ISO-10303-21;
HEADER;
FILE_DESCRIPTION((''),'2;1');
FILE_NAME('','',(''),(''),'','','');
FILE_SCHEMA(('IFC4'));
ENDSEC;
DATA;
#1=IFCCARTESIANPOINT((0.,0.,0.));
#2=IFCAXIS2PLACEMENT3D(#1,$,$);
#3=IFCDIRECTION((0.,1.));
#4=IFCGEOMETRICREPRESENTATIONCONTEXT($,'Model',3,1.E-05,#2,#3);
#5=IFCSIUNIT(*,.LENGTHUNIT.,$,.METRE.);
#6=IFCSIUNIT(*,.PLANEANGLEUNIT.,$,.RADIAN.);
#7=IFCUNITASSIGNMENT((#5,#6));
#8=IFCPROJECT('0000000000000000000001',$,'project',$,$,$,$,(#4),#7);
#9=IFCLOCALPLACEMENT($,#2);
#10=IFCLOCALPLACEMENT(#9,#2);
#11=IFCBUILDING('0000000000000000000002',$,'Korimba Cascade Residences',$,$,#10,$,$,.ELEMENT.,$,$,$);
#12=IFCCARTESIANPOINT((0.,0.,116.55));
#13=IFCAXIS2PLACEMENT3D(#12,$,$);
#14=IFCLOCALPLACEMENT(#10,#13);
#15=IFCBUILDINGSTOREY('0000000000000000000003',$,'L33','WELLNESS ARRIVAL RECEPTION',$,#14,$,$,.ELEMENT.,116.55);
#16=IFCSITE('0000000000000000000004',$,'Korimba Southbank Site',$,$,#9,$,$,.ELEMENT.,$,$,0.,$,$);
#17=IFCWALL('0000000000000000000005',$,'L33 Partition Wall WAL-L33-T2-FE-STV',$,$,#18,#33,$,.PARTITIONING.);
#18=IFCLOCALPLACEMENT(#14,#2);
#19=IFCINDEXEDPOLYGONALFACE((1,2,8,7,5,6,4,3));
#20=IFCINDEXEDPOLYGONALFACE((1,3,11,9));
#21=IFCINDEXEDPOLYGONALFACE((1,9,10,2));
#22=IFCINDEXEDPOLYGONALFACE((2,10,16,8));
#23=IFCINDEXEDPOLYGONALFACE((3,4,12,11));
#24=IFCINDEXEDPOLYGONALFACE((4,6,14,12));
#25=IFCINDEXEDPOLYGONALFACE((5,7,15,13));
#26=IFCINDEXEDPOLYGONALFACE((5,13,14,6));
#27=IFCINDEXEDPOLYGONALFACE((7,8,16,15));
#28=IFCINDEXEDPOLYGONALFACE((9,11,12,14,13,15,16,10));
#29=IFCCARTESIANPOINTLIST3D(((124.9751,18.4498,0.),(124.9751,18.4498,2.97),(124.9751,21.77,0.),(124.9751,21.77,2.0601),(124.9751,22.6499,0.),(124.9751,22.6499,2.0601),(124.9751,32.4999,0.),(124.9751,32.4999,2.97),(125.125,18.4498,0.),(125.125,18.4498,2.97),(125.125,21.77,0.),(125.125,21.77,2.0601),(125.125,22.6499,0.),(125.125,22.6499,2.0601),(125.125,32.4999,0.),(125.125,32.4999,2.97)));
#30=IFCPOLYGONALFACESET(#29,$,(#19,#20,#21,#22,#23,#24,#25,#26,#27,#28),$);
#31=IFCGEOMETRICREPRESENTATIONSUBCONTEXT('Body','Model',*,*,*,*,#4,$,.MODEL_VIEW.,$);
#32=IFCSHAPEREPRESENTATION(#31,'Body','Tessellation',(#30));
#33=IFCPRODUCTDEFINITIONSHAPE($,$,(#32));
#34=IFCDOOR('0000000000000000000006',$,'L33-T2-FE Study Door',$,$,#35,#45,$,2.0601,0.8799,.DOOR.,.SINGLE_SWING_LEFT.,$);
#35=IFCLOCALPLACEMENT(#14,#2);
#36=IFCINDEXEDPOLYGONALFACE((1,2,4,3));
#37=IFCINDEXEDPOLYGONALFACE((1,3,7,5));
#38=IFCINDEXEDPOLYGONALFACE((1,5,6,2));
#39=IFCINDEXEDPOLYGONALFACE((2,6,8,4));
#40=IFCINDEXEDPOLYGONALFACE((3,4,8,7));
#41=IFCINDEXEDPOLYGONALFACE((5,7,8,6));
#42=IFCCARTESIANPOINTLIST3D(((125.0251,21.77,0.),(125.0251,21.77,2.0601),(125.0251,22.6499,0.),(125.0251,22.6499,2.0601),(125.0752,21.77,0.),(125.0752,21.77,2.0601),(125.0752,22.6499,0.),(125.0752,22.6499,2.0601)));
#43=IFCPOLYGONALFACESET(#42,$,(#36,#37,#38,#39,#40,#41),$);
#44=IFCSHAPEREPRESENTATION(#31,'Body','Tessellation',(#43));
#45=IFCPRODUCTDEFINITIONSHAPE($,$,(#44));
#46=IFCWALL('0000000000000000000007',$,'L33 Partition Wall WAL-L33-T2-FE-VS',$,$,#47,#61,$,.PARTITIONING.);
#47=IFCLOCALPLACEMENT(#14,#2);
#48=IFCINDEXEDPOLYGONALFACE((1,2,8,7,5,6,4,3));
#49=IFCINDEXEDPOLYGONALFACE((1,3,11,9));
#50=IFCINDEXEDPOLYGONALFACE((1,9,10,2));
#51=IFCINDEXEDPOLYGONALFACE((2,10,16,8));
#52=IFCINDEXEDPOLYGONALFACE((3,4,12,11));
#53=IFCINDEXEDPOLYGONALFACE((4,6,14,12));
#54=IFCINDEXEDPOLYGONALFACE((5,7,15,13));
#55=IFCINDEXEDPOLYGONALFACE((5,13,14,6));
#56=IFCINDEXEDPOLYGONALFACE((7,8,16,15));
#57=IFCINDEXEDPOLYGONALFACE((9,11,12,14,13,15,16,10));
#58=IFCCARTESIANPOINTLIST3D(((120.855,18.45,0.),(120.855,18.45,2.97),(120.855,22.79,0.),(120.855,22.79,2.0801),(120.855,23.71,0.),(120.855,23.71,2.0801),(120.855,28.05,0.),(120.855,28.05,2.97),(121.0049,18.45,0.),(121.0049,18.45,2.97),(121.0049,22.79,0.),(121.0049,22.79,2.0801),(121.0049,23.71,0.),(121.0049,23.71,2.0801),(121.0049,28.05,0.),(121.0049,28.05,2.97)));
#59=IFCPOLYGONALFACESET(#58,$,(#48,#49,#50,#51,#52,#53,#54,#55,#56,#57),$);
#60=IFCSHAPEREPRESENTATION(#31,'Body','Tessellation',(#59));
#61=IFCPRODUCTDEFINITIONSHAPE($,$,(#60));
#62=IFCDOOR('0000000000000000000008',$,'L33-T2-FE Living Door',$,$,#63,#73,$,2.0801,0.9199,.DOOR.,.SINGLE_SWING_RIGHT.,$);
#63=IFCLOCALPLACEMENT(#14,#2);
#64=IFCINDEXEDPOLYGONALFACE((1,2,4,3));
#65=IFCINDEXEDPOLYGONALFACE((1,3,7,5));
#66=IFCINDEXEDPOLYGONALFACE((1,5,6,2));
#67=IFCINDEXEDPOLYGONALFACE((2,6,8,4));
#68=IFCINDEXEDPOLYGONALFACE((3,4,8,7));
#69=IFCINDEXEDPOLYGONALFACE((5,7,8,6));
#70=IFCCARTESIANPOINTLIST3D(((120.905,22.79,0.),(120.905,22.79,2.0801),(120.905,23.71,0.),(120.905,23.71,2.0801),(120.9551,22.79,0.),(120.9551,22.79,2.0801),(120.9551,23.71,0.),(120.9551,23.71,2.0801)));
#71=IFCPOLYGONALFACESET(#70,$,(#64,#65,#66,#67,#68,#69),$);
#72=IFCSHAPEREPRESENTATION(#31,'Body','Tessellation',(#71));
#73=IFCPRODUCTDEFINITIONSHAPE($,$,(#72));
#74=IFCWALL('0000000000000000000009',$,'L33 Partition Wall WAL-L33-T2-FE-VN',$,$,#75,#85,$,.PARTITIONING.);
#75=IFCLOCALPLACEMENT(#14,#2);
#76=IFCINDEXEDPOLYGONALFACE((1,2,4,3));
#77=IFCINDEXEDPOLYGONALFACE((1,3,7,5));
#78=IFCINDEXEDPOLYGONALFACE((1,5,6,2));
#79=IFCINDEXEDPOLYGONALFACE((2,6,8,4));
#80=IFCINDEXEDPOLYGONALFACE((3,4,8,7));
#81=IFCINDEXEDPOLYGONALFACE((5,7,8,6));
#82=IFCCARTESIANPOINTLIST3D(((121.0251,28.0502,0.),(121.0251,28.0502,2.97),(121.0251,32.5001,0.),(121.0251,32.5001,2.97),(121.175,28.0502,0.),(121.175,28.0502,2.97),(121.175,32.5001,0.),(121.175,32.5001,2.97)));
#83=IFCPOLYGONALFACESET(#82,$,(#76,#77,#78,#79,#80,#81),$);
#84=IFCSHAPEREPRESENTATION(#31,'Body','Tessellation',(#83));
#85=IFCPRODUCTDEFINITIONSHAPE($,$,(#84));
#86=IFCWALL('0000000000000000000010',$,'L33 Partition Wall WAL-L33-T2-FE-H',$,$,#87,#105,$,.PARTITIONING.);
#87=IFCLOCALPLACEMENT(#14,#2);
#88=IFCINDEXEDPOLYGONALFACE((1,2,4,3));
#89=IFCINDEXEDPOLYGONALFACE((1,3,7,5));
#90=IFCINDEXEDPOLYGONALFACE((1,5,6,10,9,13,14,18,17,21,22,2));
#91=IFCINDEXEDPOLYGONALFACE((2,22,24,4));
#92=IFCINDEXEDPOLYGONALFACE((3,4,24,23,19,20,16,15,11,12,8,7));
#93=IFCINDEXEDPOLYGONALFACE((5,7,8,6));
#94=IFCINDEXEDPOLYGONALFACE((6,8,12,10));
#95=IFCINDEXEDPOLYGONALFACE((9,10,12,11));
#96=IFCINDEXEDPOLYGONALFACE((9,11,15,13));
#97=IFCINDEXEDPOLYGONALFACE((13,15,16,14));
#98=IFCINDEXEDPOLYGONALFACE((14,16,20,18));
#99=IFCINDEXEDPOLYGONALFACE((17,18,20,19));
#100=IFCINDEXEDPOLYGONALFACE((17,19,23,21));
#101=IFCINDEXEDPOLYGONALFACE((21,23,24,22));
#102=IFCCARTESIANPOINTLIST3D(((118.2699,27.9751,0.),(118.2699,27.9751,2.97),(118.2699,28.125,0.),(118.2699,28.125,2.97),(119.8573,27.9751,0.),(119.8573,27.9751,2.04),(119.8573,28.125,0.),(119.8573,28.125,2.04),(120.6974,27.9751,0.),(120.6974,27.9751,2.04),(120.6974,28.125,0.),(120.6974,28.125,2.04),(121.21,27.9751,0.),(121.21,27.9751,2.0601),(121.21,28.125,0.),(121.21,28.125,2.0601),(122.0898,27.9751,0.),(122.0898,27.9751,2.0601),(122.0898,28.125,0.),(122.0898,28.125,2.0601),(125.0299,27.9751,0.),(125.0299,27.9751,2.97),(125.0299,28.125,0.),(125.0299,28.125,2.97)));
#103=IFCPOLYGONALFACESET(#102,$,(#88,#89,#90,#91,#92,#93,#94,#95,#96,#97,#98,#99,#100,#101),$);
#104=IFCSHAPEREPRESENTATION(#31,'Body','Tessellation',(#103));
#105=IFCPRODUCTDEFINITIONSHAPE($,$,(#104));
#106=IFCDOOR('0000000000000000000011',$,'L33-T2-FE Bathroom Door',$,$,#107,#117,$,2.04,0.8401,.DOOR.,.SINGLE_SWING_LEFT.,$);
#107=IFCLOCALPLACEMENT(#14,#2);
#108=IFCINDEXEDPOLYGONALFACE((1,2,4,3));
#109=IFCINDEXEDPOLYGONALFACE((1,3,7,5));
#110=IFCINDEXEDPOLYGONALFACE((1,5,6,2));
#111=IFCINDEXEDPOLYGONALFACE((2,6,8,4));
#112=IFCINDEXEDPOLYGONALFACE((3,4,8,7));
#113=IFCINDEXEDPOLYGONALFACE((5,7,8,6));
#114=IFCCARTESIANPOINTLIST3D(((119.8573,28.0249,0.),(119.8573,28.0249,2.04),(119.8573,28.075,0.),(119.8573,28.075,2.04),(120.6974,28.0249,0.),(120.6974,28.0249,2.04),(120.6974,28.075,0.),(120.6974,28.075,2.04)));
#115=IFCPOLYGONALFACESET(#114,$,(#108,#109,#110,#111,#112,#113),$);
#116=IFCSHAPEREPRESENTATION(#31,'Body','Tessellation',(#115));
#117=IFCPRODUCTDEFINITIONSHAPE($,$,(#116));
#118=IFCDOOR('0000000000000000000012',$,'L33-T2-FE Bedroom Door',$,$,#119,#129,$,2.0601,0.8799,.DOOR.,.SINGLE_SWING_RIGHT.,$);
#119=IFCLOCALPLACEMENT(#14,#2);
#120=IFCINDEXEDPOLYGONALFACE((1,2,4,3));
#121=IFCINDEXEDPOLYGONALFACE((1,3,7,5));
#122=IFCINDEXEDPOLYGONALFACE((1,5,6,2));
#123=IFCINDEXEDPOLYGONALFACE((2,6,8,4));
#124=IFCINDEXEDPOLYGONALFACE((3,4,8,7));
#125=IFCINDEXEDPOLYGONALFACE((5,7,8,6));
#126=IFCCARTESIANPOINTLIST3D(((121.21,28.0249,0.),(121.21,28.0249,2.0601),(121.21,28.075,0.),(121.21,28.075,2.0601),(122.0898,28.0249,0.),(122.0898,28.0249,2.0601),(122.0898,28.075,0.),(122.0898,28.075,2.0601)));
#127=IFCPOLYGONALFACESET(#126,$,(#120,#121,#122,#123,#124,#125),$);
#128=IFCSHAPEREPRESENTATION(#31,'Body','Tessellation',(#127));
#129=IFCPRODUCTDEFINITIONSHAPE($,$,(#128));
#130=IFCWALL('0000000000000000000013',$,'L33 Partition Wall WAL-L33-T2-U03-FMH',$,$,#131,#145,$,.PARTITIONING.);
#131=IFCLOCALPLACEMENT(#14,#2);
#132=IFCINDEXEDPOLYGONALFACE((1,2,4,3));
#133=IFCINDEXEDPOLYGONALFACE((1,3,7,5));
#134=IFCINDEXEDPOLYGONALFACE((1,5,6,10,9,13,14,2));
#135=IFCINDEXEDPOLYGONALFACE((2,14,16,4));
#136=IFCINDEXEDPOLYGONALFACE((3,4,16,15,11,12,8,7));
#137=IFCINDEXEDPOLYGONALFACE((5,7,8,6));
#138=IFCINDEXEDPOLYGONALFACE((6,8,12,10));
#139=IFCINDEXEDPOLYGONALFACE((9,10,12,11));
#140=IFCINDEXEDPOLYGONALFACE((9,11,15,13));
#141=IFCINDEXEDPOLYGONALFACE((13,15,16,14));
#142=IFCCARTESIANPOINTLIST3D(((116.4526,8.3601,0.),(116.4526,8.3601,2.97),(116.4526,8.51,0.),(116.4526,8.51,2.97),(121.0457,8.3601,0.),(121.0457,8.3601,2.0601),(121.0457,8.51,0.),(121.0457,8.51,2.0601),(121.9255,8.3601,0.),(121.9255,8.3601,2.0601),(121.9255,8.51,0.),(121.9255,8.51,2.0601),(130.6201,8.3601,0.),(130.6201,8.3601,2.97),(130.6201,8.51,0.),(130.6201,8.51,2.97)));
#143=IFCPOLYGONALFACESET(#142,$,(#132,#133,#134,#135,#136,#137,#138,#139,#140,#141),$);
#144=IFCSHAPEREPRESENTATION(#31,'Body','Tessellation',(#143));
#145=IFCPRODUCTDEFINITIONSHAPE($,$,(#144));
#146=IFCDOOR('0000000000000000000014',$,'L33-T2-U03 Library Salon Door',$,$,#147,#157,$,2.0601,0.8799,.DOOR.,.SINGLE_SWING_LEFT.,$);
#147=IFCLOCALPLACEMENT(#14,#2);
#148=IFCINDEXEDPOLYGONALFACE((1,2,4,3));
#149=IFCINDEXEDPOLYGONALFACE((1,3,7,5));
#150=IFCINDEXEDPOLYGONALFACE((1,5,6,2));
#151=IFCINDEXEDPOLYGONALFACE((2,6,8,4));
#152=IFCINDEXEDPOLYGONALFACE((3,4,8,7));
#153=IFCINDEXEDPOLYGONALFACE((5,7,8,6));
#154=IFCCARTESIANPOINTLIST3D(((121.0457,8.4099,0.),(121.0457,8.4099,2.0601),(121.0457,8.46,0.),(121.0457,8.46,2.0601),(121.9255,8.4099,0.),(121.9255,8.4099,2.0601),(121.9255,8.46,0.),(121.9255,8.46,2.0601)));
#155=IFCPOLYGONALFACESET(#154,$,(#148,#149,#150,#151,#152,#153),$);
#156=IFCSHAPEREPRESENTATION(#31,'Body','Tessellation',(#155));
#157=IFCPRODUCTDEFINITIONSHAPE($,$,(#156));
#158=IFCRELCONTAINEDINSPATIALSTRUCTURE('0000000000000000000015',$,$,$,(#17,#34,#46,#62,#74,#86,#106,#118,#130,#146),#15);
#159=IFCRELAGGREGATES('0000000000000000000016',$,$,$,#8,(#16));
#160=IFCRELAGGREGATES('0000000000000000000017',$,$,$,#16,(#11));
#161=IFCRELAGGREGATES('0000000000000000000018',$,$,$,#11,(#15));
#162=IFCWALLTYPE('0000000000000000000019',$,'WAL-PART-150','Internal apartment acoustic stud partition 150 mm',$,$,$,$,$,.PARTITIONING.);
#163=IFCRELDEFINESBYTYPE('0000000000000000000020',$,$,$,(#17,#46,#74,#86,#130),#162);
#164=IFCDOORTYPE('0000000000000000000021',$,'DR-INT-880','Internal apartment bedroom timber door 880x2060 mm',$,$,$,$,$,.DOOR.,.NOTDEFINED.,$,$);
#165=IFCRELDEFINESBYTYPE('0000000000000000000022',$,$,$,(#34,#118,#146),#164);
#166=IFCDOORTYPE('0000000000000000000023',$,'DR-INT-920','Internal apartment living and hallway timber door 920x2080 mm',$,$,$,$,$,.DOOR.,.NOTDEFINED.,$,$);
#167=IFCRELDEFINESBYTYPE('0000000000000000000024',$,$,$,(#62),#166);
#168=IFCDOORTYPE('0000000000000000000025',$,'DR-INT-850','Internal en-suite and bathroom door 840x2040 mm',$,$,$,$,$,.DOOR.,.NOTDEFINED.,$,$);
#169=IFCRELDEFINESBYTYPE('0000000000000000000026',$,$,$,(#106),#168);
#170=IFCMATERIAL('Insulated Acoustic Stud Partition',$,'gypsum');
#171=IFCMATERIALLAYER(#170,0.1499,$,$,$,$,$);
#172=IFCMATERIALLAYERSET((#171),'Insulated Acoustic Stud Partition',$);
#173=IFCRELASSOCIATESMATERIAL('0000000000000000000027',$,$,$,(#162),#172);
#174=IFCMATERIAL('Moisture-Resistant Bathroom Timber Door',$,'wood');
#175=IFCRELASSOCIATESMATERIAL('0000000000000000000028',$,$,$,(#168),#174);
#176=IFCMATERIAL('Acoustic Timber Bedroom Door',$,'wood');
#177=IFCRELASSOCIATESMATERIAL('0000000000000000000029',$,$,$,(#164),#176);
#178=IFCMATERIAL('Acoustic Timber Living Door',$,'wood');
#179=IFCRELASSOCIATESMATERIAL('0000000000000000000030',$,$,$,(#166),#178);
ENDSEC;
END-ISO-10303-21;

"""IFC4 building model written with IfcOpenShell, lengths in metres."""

from ifc_helpers import new_model, si_unit, direction, frame, frame_2d, origin, place, context, subcontext, project, spatial, rectangle, extrude, material, layer, layer_set, type_object, element, fill, save


model = new_model("IFC4")

# Units and contexts
model_context = context("Model", 3, precision=1e-05, world=origin(), true_north=direction((0.0, 1.0)))
body_context = subcontext(model_context, "Body", "Model", "MODEL_VIEW")
ifc_project = project(units=[si_unit("LENGTHUNIT", "METRE"), si_unit("PLANEANGLEUNIT", "RADIAN")], contexts=[model_context])

# Site, building, storey
site_placement = place(None, origin())
site = spatial("IfcSite", under=ifc_project, at=site_placement, Name="Korimba Southbank Site", CompositionType="ELEMENT", RefElevation=0.0)
building_placement = place(site_placement, origin())
building = spatial("IfcBuilding", under=site, at=building_placement, Name="Korimba Cascade Residences", CompositionType="ELEMENT")
storey_placement = place(building_placement, frame((0.0, 0.0, 116.55)))
storey = spatial("IfcBuildingStorey", under=building, at=storey_placement, Name="L33", Description="WELLNESS ARRIVAL RECEPTION", CompositionType="ELEMENT", Elevation=116.55)

# Walls, openings, doors
ifc_material_1 = material(Name="Insulated Acoustic Stud Partition", Category="gypsum")
ifc_layer_1 = layer(ifc_material_1, 0.1499)
ifc_layer_set_1 = layer_set([ifc_layer_1], Name="Insulated Acoustic Stud Partition")
wall_type_1 = type_object("IfcWallType", Name="WAL-PART-150", Description="Internal apartment acoustic stud partition 150 mm", PredefinedType="PARTITIONING", material=ifc_layer_set_1)
ifc_material_2 = material(Name="Moisture-Resistant Bathroom Timber Door", Category="wood")
door_type_1 = type_object("IfcDoorType", Name="DR-INT-850", Description="Internal en-suite and bathroom door 840x2040 mm", OperationType="NOTDEFINED", PredefinedType="DOOR", material=ifc_material_2)
wall_1_placement = place(storey_placement, frame((125.05, 18.45, 0.0), z_axis=(0.0, 0.0, 1.0), x_axis=(0.0, 1.0, 0.0)))
wall_1 = element("IfcWall", 1, at=wall_1_placement, inside=storey, type_object=wall_type_1, Name="L33 Partition Wall WAL-L33-T2-FE-STV", PredefinedType="PARTITIONING", context=body_context, shape_type="SweptSolid", body=[
    extrude(rectangle(XDim=14.05, YDim=0.1499, at=frame_2d((7.0249, 0.0))), origin(), (0.0, 0.0, 1.0), 2.97),
])
opening_1_placement = place(wall_1_placement, frame((3.3201, 0.0, 0.0)))
opening_1 = element("IfcOpeningElement", 2, at=opening_1_placement, cuts=wall_1, PredefinedType="OPENING", context=body_context, shape_type="SweptSolid", body=[
    extrude(rectangle(XDim=0.8799, YDim=2.0601, at=frame_2d((0.4399, 1.03))), frame((0.0, 0.085, 0.0), z_axis=(0.0, -1.0, 0.0), x_axis=(1.0, 0.0, 0.0)), (0.0, 0.0, 1.0), 0.1699),
])
ifc_material_3 = material(Name="Acoustic Timber Bedroom Door", Category="wood")
door_type_2 = type_object("IfcDoorType", Name="DR-INT-880", Description="Internal apartment bedroom timber door 880x2060 mm", OperationType="NOTDEFINED", PredefinedType="DOOR", material=ifc_material_3)
door_1_placement = place(opening_1_placement, origin())
door_1 = element("IfcDoor", 3, at=door_1_placement, inside=storey, type_object=door_type_2, Name="L33-T2-FE Study Door", OperationType="SINGLE_SWING_LEFT", OverallHeight=2.0601, OverallWidth=0.8799, PredefinedType="DOOR", context=body_context, shape_type="SweptSolid", body=[
    extrude(rectangle(XDim=0.8799, YDim=2.0601, at=frame_2d((0.4399, 1.03))), frame((0.0, 0.0249, 0.0), z_axis=(0.0, -1.0, 0.0), x_axis=(1.0, 0.0, 0.0)), (0.0, 0.0, 1.0), 0.05),
])
fill(opening_1, door_1)
wall_2_placement = place(storey_placement, frame((120.9299, 18.45, 0.0), z_axis=(0.0, 0.0, 1.0), x_axis=(0.0, 1.0, 0.0)))
wall_2 = element("IfcWall", 4, at=wall_2_placement, inside=storey, type_object=wall_type_1, Name="L33 Partition Wall WAL-L33-T2-FE-VS", PredefinedType="PARTITIONING", context=body_context, shape_type="SweptSolid", body=[
    extrude(rectangle(XDim=9.6001, YDim=0.1499, at=frame_2d((4.8, 0.0))), origin(), (0.0, 0.0, 1.0), 2.97),
])
opening_2_placement = place(wall_2_placement, frame((4.3401, 0.0, 0.0)))
opening_2 = element("IfcOpeningElement", 5, at=opening_2_placement, cuts=wall_2, PredefinedType="OPENING", context=body_context, shape_type="SweptSolid", body=[
    extrude(rectangle(XDim=0.9199, YDim=2.0801, at=frame_2d((0.46, 1.04))), frame((0.0, 0.085, 0.0), z_axis=(0.0, -1.0, 0.0), x_axis=(1.0, 0.0, 0.0)), (0.0, 0.0, 1.0), 0.1699),
])
ifc_material_4 = material(Name="Acoustic Timber Living Door", Category="wood")
door_type_3 = type_object("IfcDoorType", Name="DR-INT-920", Description="Internal apartment living and hallway timber door 920x2080 mm", OperationType="NOTDEFINED", PredefinedType="DOOR", material=ifc_material_4)
door_2_placement = place(opening_2_placement, origin())
door_2 = element("IfcDoor", 6, at=door_2_placement, inside=storey, type_object=door_type_3, Name="L33-T2-FE Living Door", OperationType="SINGLE_SWING_RIGHT", OverallHeight=2.0801, OverallWidth=0.9199, PredefinedType="DOOR", context=body_context, shape_type="SweptSolid", body=[
    extrude(rectangle(XDim=0.9199, YDim=2.0801, at=frame_2d((0.46, 1.04))), frame((0.0, 0.0249, 0.0), z_axis=(0.0, -1.0, 0.0), x_axis=(1.0, 0.0, 0.0)), (0.0, 0.0, 1.0), 0.05),
])
fill(opening_2, door_2)

# Wall
wall_3_placement = place(storey_placement, frame((121.1001, 28.05, 0.0), z_axis=(0.0, 0.0, 1.0), x_axis=(0.0, 1.0, 0.0)))
element("IfcWall", 7, at=wall_3_placement, inside=storey, type_object=wall_type_1, Name="L33 Partition Wall WAL-L33-T2-FE-VN", PredefinedType="PARTITIONING", context=body_context, shape_type="SweptSolid", body=[
    extrude(rectangle(XDim=4.45, YDim=0.1499, at=frame_2d((2.2251, 0.0))), origin(), (0.0, 0.0, 1.0), 2.97),
])

# Wall, openings, doors
wall_4_placement = place(storey_placement, frame((118.27, 28.05, 0.0), z_axis=(0.0, 0.0, 1.0), x_axis=(1.0, 0.0, 0.0)))
wall_4 = element("IfcWall", 8, at=wall_4_placement, inside=storey, type_object=wall_type_1, Name="L33 Partition Wall WAL-L33-T2-FE-H", PredefinedType="PARTITIONING", context=body_context, shape_type="SweptSolid", body=[
    extrude(rectangle(XDim=6.76, YDim=0.1499, at=frame_2d((3.3799, 0.0))), origin(), (0.0, 0.0, 1.0), 2.97),
])
opening_3_placement = place(wall_4_placement, frame((1.5874, 0.0, 0.0)))
opening_3 = element("IfcOpeningElement", 9, at=opening_3_placement, cuts=wall_4, PredefinedType="OPENING", context=body_context, shape_type="SweptSolid", body=[
    extrude(rectangle(XDim=0.8401, YDim=2.04, at=frame_2d((0.4199, 1.02))), frame((0.0, 0.085, 0.0), z_axis=(0.0, -1.0, 0.0), x_axis=(1.0, 0.0, 0.0)), (0.0, 0.0, 1.0), 0.1699),
])
opening_4_placement = place(wall_4_placement, frame((2.9399, 0.0, 0.0)))
opening_4 = element("IfcOpeningElement", 10, at=opening_4_placement, cuts=wall_4, PredefinedType="OPENING", context=body_context, shape_type="SweptSolid", body=[
    extrude(rectangle(XDim=0.8799, YDim=2.0601, at=frame_2d((0.4399, 1.03))), frame((0.0, 0.085, 0.0), z_axis=(0.0, -1.0, 0.0), x_axis=(1.0, 0.0, 0.0)), (0.0, 0.0, 1.0), 0.1699),
])
door_3_placement = place(opening_3_placement, origin())
door_3 = element("IfcDoor", 11, at=door_3_placement, inside=storey, type_object=door_type_1, Name="L33-T2-FE Bathroom Door", OperationType="SINGLE_SWING_LEFT", OverallHeight=2.04, OverallWidth=0.8401, PredefinedType="DOOR", context=body_context, shape_type="SweptSolid", body=[
    extrude(rectangle(XDim=0.8401, YDim=2.04, at=frame_2d((0.4199, 1.02))), frame((0.0, 0.0249, 0.0), z_axis=(0.0, -1.0, 0.0), x_axis=(1.0, 0.0, 0.0)), (0.0, 0.0, 1.0), 0.05),
])
fill(opening_3, door_3)
door_4_placement = place(opening_4_placement, origin())
door_4 = element("IfcDoor", 12, at=door_4_placement, inside=storey, type_object=door_type_2, Name="L33-T2-FE Bedroom Door", OperationType="SINGLE_SWING_RIGHT", OverallHeight=2.0601, OverallWidth=0.8799, PredefinedType="DOOR", context=body_context, shape_type="SweptSolid", body=[
    extrude(rectangle(XDim=0.8799, YDim=2.0601, at=frame_2d((0.4399, 1.03))), frame((0.0, 0.0249, 0.0), z_axis=(0.0, -1.0, 0.0), x_axis=(1.0, 0.0, 0.0)), (0.0, 0.0, 1.0), 0.05),
])
fill(opening_4, door_4)

# Wall, opening, door
wall_5_placement = place(storey_placement, frame((116.4526, 8.4351, 0.0), z_axis=(0.0, 0.0, 1.0), x_axis=(1.0, 0.0, 0.0)))
wall_5 = element("IfcWall", 13, at=wall_5_placement, inside=storey, type_object=wall_type_1, Name="L33 Partition Wall WAL-L33-T2-U03-FMH", PredefinedType="PARTITIONING", context=body_context, shape_type="SweptSolid", body=[
    extrude(rectangle(XDim=14.1675, YDim=0.1499, at=frame_2d((7.0837, 0.0))), origin(), (0.0, 0.0, 1.0), 2.97),
])
opening_5_placement = place(wall_5_placement, frame((4.593, 0.0, 0.0)))
opening_5 = element("IfcOpeningElement", 14, at=opening_5_placement, cuts=wall_5, PredefinedType="OPENING", context=body_context, shape_type="SweptSolid", body=[
    extrude(rectangle(XDim=0.8799, YDim=2.0601, at=frame_2d((0.4399, 1.03))), frame((0.0, 0.085, 0.0), z_axis=(0.0, -1.0, 0.0), x_axis=(1.0, 0.0, 0.0)), (0.0, 0.0, 1.0), 0.1699),
])
door_5_placement = place(opening_5_placement, origin())
door_5 = element("IfcDoor", 15, at=door_5_placement, inside=storey, type_object=door_type_2, Name="L33-T2-U03 Library Salon Door", OperationType="SINGLE_SWING_LEFT", OverallHeight=2.0601, OverallWidth=0.8799, PredefinedType="DOOR", context=body_context, shape_type="SweptSolid", body=[
    extrude(rectangle(XDim=0.8799, YDim=2.0601, at=frame_2d((0.4399, 1.03))), frame((0.0, 0.0249, 0.0), z_axis=(0.0, -1.0, 0.0), x_axis=(1.0, 0.0, 0.0)), (0.0, 0.0, 1.0), 0.05),
])
fill(opening_5, door_5)

save(model, "model.ifc")
